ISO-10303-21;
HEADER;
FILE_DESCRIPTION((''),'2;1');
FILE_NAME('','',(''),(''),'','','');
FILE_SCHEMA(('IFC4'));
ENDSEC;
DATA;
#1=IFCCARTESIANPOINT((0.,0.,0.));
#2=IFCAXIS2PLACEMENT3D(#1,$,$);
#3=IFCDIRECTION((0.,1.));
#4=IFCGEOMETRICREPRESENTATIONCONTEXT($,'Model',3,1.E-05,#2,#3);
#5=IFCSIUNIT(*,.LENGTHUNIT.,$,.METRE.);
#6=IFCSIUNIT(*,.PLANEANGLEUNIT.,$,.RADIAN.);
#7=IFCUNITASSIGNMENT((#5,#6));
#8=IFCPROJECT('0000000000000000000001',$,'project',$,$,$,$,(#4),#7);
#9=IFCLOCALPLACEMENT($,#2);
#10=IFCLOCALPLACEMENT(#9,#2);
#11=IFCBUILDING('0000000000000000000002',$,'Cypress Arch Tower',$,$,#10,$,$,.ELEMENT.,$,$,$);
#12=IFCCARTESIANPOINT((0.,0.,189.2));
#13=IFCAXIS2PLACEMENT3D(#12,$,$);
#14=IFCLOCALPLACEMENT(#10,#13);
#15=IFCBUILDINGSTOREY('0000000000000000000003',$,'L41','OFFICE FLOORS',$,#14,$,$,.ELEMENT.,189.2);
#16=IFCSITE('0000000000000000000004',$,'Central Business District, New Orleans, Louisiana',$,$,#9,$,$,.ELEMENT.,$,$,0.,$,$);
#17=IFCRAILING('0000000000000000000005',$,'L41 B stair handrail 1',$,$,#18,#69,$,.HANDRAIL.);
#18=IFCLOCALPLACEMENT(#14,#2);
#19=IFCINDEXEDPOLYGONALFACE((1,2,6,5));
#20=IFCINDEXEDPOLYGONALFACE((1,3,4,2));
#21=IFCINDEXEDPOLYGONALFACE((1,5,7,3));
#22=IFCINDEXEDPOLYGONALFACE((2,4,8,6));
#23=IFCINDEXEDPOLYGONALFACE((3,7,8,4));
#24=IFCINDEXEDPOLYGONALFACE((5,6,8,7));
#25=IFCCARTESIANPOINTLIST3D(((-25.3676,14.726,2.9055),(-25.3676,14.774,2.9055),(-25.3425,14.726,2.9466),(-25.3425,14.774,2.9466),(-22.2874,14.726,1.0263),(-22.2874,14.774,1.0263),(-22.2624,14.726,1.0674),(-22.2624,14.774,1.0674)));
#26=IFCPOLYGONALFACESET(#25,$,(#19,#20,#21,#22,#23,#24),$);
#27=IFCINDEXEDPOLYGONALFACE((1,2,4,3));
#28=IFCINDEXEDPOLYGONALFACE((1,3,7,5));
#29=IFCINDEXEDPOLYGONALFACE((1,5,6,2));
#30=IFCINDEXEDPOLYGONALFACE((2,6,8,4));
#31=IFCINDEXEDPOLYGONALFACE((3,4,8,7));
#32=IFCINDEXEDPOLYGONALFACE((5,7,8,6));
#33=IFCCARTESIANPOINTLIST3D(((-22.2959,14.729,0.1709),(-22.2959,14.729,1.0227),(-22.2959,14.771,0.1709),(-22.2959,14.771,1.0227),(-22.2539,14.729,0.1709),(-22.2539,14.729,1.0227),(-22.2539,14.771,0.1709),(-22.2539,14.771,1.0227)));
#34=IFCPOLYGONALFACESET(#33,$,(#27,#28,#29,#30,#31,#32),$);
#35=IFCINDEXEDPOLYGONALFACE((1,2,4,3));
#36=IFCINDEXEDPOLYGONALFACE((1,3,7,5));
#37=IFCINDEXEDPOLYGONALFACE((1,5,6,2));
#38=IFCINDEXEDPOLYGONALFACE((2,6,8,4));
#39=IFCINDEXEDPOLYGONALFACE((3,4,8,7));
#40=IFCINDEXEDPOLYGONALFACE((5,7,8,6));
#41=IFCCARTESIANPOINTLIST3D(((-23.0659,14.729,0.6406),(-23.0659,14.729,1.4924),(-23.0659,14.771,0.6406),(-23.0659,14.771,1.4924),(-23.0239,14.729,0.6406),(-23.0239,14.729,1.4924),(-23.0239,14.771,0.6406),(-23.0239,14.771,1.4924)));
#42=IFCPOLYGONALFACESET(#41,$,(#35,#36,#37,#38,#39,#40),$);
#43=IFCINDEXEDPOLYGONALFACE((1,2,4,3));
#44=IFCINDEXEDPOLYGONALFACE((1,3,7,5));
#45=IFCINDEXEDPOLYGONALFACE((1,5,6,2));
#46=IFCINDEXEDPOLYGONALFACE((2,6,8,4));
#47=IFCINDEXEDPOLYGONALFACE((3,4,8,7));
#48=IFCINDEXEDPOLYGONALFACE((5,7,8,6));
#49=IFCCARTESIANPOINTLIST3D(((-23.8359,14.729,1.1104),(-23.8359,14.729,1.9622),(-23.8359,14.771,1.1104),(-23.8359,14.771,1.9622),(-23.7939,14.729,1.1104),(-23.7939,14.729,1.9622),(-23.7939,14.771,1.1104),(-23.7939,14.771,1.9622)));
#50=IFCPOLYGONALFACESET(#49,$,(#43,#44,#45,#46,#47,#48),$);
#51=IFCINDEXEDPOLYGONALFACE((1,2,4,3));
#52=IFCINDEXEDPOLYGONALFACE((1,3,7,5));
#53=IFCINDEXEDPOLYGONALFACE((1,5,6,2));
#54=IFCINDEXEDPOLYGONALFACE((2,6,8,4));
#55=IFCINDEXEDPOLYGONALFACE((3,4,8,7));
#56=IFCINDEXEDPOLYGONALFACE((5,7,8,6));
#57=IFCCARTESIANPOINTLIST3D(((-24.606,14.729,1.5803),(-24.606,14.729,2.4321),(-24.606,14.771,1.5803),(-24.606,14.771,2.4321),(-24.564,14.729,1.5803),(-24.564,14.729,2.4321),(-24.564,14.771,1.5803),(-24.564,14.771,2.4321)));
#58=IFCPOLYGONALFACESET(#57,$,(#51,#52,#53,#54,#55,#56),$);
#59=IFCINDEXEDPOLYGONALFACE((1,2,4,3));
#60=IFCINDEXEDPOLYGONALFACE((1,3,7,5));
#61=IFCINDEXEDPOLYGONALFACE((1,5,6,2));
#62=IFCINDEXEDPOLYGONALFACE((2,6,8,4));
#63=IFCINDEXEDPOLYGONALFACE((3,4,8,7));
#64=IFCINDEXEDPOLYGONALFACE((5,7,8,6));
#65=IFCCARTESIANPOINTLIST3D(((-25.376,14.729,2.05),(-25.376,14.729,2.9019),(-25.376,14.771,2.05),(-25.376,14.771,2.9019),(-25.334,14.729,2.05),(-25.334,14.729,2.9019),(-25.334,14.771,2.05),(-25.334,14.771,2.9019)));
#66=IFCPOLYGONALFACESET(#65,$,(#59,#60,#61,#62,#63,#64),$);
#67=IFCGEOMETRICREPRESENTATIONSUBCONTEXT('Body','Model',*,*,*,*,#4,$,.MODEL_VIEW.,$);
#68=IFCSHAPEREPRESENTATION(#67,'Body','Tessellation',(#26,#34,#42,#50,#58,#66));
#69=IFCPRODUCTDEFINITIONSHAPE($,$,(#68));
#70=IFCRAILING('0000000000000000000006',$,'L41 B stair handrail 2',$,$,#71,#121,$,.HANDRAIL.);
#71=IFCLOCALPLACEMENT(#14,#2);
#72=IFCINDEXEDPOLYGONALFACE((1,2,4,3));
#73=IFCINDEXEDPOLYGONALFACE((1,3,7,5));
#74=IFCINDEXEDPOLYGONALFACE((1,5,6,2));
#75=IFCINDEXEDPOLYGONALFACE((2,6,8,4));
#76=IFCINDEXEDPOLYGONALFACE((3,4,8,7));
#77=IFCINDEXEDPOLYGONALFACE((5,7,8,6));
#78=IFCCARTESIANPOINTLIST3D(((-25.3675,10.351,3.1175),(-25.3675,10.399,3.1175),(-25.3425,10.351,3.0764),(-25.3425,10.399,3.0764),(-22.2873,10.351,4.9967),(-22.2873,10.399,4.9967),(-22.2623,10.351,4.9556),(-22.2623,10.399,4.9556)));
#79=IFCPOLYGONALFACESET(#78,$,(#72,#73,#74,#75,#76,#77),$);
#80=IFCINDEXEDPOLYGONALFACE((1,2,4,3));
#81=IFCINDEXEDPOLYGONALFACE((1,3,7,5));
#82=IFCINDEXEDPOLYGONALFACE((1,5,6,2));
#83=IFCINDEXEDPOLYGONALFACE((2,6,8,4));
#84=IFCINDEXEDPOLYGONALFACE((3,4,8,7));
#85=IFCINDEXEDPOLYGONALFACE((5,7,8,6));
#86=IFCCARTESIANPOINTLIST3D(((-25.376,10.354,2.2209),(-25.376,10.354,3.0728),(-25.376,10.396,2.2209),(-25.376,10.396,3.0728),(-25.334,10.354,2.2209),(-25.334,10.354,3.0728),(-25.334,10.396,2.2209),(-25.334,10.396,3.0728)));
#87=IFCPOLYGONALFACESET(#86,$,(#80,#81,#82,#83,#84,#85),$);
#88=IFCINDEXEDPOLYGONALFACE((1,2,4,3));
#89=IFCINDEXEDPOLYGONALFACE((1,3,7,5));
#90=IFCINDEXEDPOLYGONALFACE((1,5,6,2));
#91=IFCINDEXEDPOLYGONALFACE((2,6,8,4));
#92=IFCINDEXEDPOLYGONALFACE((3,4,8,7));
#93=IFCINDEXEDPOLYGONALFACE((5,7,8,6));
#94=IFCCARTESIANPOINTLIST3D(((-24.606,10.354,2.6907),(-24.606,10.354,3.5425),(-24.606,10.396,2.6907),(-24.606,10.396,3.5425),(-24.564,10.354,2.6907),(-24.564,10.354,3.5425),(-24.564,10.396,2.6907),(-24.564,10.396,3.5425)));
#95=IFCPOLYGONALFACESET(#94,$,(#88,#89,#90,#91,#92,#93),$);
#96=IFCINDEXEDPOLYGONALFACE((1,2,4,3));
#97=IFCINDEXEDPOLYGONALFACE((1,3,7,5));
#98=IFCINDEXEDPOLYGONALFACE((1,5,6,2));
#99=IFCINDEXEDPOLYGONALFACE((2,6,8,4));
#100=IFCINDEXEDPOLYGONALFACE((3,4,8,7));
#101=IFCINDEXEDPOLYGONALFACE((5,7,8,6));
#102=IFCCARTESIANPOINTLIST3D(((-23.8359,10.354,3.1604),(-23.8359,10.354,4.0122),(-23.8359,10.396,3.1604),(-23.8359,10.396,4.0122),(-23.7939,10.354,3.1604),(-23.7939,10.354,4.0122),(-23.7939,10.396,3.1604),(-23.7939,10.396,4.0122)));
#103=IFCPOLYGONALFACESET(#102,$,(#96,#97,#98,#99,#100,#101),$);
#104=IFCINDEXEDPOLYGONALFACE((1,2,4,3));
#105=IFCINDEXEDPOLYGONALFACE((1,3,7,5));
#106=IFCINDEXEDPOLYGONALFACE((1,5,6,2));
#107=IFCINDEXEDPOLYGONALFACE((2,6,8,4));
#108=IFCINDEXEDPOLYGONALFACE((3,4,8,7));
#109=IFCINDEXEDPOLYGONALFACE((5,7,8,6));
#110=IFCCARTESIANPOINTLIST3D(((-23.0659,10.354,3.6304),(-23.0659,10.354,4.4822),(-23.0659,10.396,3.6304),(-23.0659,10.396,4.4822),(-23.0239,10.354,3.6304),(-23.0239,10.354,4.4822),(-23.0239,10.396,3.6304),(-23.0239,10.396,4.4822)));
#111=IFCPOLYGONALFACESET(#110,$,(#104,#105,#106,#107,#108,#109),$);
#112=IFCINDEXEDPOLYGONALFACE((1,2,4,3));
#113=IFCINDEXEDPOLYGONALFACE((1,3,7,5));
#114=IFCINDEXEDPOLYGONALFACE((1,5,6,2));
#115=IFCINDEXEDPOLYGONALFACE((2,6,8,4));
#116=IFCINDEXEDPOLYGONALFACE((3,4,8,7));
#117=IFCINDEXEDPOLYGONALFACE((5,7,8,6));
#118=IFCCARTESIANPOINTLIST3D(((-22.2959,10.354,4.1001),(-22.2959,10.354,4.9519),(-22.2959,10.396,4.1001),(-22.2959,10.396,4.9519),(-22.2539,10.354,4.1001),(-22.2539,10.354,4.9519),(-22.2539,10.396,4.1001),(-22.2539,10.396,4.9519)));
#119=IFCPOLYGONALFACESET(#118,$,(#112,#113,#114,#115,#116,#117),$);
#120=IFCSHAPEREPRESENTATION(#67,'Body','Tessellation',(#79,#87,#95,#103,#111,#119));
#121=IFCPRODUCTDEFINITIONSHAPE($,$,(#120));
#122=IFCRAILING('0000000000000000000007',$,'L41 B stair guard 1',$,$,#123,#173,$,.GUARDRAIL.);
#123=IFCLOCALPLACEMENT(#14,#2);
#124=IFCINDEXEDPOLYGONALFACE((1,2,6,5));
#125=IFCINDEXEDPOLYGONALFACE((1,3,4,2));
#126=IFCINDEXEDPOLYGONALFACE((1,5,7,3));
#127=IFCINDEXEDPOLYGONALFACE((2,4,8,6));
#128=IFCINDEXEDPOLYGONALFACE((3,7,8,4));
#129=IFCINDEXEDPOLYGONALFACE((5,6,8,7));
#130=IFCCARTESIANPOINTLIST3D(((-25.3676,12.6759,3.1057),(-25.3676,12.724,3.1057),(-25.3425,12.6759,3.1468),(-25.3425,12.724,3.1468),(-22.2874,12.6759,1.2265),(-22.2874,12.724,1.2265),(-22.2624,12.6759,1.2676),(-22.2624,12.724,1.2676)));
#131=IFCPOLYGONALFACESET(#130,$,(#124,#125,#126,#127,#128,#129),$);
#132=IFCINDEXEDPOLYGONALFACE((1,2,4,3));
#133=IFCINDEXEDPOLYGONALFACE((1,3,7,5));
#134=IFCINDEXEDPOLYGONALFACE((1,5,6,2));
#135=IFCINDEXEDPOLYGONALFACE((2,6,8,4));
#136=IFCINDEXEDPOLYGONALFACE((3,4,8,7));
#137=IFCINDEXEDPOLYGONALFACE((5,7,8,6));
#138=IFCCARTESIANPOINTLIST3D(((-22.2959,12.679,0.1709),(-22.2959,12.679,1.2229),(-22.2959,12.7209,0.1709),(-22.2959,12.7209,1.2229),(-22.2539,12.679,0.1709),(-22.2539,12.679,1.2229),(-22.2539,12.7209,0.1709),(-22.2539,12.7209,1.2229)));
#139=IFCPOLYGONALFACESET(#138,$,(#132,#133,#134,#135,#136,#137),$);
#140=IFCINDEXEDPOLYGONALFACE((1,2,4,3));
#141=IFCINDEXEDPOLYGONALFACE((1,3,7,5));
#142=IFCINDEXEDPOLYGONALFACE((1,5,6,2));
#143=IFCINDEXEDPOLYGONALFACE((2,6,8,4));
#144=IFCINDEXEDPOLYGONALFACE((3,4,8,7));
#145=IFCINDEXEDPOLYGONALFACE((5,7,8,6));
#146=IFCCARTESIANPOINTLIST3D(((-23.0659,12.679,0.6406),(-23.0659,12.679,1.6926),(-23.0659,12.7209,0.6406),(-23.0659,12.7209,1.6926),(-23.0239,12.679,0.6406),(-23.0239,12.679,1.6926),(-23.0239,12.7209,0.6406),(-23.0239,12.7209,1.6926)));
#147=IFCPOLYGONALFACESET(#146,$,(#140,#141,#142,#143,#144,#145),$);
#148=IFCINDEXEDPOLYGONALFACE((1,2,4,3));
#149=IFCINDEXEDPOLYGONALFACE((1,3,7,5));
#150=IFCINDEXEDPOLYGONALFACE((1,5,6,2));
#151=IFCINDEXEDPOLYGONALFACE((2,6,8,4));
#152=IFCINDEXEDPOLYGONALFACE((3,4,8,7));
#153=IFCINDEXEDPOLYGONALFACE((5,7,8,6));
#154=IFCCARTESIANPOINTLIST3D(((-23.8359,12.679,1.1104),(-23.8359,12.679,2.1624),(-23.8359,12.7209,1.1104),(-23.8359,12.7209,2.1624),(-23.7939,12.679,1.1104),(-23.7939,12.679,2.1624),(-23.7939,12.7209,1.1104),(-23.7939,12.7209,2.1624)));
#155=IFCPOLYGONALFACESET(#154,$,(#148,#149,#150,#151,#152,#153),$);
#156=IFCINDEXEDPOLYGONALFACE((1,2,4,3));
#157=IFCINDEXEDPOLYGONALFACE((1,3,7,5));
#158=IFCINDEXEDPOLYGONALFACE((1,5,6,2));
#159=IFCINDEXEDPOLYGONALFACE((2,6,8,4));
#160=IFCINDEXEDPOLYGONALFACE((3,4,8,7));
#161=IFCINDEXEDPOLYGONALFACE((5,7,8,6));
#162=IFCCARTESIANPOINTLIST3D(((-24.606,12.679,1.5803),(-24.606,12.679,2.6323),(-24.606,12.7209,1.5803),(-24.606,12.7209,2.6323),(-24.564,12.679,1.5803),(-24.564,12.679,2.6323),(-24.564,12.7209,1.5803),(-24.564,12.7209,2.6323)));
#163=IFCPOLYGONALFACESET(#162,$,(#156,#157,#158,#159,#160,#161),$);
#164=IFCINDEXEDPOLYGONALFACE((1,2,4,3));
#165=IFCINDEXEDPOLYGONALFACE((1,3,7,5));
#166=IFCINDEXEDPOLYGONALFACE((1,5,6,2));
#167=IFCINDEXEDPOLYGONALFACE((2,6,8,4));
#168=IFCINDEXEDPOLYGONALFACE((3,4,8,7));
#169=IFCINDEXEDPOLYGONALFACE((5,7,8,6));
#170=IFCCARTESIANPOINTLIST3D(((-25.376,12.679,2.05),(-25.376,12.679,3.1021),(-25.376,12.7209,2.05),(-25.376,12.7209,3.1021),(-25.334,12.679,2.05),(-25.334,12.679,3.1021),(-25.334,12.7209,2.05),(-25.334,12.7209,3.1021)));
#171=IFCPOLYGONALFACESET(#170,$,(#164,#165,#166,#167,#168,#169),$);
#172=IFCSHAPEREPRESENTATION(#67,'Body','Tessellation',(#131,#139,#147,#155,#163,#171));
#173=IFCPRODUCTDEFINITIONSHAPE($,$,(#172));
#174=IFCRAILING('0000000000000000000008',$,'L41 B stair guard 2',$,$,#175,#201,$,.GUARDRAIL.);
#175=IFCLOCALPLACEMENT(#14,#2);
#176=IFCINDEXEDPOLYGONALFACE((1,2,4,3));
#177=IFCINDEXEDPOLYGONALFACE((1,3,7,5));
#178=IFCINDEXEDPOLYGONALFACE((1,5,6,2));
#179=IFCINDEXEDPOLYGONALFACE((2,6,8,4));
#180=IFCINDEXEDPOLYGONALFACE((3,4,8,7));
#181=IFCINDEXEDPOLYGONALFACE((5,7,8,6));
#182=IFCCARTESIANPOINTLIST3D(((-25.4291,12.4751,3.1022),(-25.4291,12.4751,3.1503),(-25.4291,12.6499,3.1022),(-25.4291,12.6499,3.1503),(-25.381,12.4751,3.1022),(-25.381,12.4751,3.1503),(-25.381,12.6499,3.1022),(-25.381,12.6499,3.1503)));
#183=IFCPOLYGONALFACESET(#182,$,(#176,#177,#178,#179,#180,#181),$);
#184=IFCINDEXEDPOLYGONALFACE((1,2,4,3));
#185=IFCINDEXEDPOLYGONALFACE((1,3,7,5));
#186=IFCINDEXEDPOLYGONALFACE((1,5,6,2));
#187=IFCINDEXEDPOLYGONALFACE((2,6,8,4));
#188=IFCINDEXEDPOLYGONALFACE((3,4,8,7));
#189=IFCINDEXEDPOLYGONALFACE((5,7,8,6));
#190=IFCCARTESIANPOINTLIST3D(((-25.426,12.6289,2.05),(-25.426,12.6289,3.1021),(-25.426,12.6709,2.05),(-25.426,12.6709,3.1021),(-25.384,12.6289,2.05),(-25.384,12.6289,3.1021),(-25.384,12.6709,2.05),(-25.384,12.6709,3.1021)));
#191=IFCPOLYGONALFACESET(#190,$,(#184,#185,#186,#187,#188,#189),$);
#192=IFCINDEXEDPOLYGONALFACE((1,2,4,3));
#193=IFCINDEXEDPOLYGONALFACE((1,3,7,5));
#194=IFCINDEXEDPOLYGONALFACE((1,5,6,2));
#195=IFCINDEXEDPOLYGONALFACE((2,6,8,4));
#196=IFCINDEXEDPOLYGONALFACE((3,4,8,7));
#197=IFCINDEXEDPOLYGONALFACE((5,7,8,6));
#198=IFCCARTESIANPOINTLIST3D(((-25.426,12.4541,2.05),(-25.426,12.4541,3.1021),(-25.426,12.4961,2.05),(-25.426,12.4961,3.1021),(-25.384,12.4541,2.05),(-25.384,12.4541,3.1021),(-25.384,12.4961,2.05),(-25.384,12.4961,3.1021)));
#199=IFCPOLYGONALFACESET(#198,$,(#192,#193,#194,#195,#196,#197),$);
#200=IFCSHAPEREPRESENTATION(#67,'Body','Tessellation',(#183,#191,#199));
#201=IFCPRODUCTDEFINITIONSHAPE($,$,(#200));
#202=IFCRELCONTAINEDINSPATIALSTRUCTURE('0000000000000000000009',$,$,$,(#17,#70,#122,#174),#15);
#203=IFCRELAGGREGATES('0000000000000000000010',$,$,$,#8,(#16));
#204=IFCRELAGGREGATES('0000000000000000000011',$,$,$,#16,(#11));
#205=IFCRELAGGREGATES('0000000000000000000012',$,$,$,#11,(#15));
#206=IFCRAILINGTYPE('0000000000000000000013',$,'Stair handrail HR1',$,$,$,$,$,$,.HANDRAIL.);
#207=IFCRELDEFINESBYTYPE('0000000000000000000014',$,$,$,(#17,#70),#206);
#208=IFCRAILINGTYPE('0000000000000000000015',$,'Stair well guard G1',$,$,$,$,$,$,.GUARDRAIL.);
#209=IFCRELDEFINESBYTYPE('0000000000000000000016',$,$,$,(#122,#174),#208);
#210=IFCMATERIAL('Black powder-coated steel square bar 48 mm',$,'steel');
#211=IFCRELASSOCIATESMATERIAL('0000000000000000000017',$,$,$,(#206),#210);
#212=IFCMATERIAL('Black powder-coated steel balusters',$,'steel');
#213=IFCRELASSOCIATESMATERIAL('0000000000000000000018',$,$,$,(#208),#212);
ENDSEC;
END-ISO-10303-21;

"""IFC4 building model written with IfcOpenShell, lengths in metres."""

from ifc_helpers import new_model, si_unit, direction, frame, origin, origin_2d, place, context, subcontext, project, spatial, rectangle, extrude, material, type_object, element, save


model = new_model("IFC4")

# Units and contexts
model_context = context("Model", 3, precision=1e-05, world=origin(), true_north=direction((0.0, 1.0)))
body_context = subcontext(model_context, "Body", "Model", "MODEL_VIEW")
ifc_project = project(units=[si_unit("LENGTHUNIT", "METRE"), si_unit("PLANEANGLEUNIT", "RADIAN")], contexts=[model_context])

# Site, building, storey
site_placement = place(None, origin())
site = spatial("IfcSite", under=ifc_project, at=site_placement, Name="Central Business District, New Orleans, Louisiana", CompositionType="ELEMENT", RefElevation=0.0)
building_placement = place(site_placement, origin())
building = spatial("IfcBuilding", under=site, at=building_placement, Name="Cypress Arch Tower", CompositionType="ELEMENT")
storey_placement = place(building_placement, frame((0.0, 0.0, 189.2)))
storey = spatial("IfcBuildingStorey", under=building, at=storey_placement, Name="L41", Description="OFFICE FLOORS", CompositionType="ELEMENT", Elevation=189.2)

# Railings
ifc_material_1 = material(Name="Black powder-coated steel square bar 48 mm", Category="steel")
railing_type_1 = type_object("IfcRailingType", Name="Stair handrail HR1", PredefinedType="HANDRAIL", material=ifc_material_1)
railing_1_placement = place(storey_placement, frame((-22.2749, 14.75, 0.1709)))
element("IfcRailing", 1, at=railing_1_placement, inside=storey, type_object=railing_type_1, Name="L41 B stair handrail 1", PredefinedType="HANDRAIL", context=body_context, shape_type="SweptSolid", body=[
    extrude(rectangle(XDim=0.0481, YDim=0.0481, at=origin_2d()), frame((0.0, 0.0, 0.876), z_axis=(-0.853666, 0.0, 0.52082), x_axis=(0.0, -1.0, 0.0)), (0.0, 0.0, 1.0), 3.6082),
    extrude(rectangle(XDim=0.042, YDim=0.042, at=origin_2d()), origin(), (0.0, 0.0, 1.0), 0.8518),
    extrude(rectangle(XDim=0.042, YDim=0.042, at=origin_2d()), frame((-0.77, 0.0, 0.4697)), (0.0, 0.0, 1.0), 0.8518),
    extrude(rectangle(XDim=0.042, YDim=0.042, at=origin_2d()), frame((-1.54, 0.0, 0.9395)), (0.0, 0.0, 1.0), 0.8518),
    extrude(rectangle(XDim=0.042, YDim=0.042, at=origin_2d()), frame((-2.3101, 0.0, 1.4094)), (0.0, 0.0, 1.0), 0.8518),
    extrude(rectangle(XDim=0.042, YDim=0.042, at=origin_2d()), frame((-3.0801, 0.0, 1.8792)), (0.0, 0.0, 1.0), 0.8518),
])
railing_2_placement = place(storey_placement, frame((-25.355, 10.375, 2.2209)))
element("IfcRailing", 2, at=railing_2_placement, inside=storey, type_object=railing_type_1, Name="L41 B stair handrail 2", PredefinedType="HANDRAIL", context=body_context, shape_type="SweptSolid", body=[
    extrude(rectangle(XDim=0.0481, YDim=0.0481, at=origin_2d()), frame((0.0, 0.0, 0.876), z_axis=(0.853666, 0.0, 0.52082), x_axis=(0.0, 1.0, 0.0)), (0.0, 0.0, 1.0), 3.6082),
    extrude(rectangle(XDim=0.042, YDim=0.042, at=origin_2d()), origin(), (0.0, 0.0, 1.0), 0.8518),
    extrude(rectangle(XDim=0.042, YDim=0.042, at=origin_2d()), frame((0.77, 0.0, 0.4697)), (0.0, 0.0, 1.0), 0.8518),
    extrude(rectangle(XDim=0.042, YDim=0.042, at=origin_2d()), frame((1.54, 0.0, 0.9395)), (0.0, 0.0, 1.0), 0.8518),
    extrude(rectangle(XDim=0.042, YDim=0.042, at=origin_2d()), frame((2.3101, 0.0, 1.4094)), (0.0, 0.0, 1.0), 0.8518),
    extrude(rectangle(XDim=0.042, YDim=0.042, at=origin_2d()), frame((3.0801, 0.0, 1.8792)), (0.0, 0.0, 1.0), 0.8518),
])
ifc_material_2 = material(Name="Black powder-coated steel balusters", Category="steel")
railing_type_2 = type_object("IfcRailingType", Name="Stair well guard G1", PredefinedType="GUARDRAIL", material=ifc_material_2)
railing_3_placement = place(storey_placement, frame((-22.2749, 12.7, 0.1709)))
element("IfcRailing", 3, at=railing_3_placement, inside=storey, type_object=railing_type_2, Name="L41 B stair guard 1", PredefinedType="GUARDRAIL", context=body_context, shape_type="SweptSolid", body=[
    extrude(rectangle(XDim=0.0481, YDim=0.0481, at=origin_2d()), frame((0.0, 0.0, 1.0762), z_axis=(-0.853666, 0.0, 0.52082), x_axis=(0.0, -1.0, 0.0)), (0.0, 0.0, 1.0), 3.6082),
    extrude(rectangle(XDim=0.042, YDim=0.042, at=origin_2d()), origin(), (0.0, 0.0, 1.0), 1.052),
    extrude(rectangle(XDim=0.042, YDim=0.042, at=origin_2d()), frame((-0.77, 0.0, 0.4697)), (0.0, 0.0, 1.0), 1.052),
    extrude(rectangle(XDim=0.042, YDim=0.042, at=origin_2d()), frame((-1.54, 0.0, 0.9395)), (0.0, 0.0, 1.0), 1.052),
    extrude(rectangle(XDim=0.042, YDim=0.042, at=origin_2d()), frame((-2.3101, 0.0, 1.4094)), (0.0, 0.0, 1.0), 1.052),
    extrude(rectangle(XDim=0.042, YDim=0.042, at=origin_2d()), frame((-3.0801, 0.0, 1.8792)), (0.0, 0.0, 1.0), 1.052),
])
railing_4_placement = place(storey_placement, frame((-25.405, 12.6499, 2.05)))
element("IfcRailing", 4, at=railing_4_placement, inside=storey, type_object=railing_type_2, Name="L41 B stair guard 2", PredefinedType="GUARDRAIL", context=body_context, shape_type="SweptSolid", body=[
    extrude(rectangle(XDim=0.0481, YDim=0.0481, at=origin_2d()), frame((0.0, 0.0, 1.0762), z_axis=(0.0, -1.0, 0.0), x_axis=(1.0, 0.0, 0.0)), (0.0, 0.0, 1.0), 0.1748),
    extrude(rectangle(XDim=0.042, YDim=0.042, at=origin_2d()), origin(), (0.0, 0.0, 1.0), 1.052),
    extrude(rectangle(XDim=0.042, YDim=0.042, at=origin_2d()), frame((0.0, -0.1748, 0.0)), (0.0, 0.0, 1.0), 1.052),
])

save(model, "model.ifc")
